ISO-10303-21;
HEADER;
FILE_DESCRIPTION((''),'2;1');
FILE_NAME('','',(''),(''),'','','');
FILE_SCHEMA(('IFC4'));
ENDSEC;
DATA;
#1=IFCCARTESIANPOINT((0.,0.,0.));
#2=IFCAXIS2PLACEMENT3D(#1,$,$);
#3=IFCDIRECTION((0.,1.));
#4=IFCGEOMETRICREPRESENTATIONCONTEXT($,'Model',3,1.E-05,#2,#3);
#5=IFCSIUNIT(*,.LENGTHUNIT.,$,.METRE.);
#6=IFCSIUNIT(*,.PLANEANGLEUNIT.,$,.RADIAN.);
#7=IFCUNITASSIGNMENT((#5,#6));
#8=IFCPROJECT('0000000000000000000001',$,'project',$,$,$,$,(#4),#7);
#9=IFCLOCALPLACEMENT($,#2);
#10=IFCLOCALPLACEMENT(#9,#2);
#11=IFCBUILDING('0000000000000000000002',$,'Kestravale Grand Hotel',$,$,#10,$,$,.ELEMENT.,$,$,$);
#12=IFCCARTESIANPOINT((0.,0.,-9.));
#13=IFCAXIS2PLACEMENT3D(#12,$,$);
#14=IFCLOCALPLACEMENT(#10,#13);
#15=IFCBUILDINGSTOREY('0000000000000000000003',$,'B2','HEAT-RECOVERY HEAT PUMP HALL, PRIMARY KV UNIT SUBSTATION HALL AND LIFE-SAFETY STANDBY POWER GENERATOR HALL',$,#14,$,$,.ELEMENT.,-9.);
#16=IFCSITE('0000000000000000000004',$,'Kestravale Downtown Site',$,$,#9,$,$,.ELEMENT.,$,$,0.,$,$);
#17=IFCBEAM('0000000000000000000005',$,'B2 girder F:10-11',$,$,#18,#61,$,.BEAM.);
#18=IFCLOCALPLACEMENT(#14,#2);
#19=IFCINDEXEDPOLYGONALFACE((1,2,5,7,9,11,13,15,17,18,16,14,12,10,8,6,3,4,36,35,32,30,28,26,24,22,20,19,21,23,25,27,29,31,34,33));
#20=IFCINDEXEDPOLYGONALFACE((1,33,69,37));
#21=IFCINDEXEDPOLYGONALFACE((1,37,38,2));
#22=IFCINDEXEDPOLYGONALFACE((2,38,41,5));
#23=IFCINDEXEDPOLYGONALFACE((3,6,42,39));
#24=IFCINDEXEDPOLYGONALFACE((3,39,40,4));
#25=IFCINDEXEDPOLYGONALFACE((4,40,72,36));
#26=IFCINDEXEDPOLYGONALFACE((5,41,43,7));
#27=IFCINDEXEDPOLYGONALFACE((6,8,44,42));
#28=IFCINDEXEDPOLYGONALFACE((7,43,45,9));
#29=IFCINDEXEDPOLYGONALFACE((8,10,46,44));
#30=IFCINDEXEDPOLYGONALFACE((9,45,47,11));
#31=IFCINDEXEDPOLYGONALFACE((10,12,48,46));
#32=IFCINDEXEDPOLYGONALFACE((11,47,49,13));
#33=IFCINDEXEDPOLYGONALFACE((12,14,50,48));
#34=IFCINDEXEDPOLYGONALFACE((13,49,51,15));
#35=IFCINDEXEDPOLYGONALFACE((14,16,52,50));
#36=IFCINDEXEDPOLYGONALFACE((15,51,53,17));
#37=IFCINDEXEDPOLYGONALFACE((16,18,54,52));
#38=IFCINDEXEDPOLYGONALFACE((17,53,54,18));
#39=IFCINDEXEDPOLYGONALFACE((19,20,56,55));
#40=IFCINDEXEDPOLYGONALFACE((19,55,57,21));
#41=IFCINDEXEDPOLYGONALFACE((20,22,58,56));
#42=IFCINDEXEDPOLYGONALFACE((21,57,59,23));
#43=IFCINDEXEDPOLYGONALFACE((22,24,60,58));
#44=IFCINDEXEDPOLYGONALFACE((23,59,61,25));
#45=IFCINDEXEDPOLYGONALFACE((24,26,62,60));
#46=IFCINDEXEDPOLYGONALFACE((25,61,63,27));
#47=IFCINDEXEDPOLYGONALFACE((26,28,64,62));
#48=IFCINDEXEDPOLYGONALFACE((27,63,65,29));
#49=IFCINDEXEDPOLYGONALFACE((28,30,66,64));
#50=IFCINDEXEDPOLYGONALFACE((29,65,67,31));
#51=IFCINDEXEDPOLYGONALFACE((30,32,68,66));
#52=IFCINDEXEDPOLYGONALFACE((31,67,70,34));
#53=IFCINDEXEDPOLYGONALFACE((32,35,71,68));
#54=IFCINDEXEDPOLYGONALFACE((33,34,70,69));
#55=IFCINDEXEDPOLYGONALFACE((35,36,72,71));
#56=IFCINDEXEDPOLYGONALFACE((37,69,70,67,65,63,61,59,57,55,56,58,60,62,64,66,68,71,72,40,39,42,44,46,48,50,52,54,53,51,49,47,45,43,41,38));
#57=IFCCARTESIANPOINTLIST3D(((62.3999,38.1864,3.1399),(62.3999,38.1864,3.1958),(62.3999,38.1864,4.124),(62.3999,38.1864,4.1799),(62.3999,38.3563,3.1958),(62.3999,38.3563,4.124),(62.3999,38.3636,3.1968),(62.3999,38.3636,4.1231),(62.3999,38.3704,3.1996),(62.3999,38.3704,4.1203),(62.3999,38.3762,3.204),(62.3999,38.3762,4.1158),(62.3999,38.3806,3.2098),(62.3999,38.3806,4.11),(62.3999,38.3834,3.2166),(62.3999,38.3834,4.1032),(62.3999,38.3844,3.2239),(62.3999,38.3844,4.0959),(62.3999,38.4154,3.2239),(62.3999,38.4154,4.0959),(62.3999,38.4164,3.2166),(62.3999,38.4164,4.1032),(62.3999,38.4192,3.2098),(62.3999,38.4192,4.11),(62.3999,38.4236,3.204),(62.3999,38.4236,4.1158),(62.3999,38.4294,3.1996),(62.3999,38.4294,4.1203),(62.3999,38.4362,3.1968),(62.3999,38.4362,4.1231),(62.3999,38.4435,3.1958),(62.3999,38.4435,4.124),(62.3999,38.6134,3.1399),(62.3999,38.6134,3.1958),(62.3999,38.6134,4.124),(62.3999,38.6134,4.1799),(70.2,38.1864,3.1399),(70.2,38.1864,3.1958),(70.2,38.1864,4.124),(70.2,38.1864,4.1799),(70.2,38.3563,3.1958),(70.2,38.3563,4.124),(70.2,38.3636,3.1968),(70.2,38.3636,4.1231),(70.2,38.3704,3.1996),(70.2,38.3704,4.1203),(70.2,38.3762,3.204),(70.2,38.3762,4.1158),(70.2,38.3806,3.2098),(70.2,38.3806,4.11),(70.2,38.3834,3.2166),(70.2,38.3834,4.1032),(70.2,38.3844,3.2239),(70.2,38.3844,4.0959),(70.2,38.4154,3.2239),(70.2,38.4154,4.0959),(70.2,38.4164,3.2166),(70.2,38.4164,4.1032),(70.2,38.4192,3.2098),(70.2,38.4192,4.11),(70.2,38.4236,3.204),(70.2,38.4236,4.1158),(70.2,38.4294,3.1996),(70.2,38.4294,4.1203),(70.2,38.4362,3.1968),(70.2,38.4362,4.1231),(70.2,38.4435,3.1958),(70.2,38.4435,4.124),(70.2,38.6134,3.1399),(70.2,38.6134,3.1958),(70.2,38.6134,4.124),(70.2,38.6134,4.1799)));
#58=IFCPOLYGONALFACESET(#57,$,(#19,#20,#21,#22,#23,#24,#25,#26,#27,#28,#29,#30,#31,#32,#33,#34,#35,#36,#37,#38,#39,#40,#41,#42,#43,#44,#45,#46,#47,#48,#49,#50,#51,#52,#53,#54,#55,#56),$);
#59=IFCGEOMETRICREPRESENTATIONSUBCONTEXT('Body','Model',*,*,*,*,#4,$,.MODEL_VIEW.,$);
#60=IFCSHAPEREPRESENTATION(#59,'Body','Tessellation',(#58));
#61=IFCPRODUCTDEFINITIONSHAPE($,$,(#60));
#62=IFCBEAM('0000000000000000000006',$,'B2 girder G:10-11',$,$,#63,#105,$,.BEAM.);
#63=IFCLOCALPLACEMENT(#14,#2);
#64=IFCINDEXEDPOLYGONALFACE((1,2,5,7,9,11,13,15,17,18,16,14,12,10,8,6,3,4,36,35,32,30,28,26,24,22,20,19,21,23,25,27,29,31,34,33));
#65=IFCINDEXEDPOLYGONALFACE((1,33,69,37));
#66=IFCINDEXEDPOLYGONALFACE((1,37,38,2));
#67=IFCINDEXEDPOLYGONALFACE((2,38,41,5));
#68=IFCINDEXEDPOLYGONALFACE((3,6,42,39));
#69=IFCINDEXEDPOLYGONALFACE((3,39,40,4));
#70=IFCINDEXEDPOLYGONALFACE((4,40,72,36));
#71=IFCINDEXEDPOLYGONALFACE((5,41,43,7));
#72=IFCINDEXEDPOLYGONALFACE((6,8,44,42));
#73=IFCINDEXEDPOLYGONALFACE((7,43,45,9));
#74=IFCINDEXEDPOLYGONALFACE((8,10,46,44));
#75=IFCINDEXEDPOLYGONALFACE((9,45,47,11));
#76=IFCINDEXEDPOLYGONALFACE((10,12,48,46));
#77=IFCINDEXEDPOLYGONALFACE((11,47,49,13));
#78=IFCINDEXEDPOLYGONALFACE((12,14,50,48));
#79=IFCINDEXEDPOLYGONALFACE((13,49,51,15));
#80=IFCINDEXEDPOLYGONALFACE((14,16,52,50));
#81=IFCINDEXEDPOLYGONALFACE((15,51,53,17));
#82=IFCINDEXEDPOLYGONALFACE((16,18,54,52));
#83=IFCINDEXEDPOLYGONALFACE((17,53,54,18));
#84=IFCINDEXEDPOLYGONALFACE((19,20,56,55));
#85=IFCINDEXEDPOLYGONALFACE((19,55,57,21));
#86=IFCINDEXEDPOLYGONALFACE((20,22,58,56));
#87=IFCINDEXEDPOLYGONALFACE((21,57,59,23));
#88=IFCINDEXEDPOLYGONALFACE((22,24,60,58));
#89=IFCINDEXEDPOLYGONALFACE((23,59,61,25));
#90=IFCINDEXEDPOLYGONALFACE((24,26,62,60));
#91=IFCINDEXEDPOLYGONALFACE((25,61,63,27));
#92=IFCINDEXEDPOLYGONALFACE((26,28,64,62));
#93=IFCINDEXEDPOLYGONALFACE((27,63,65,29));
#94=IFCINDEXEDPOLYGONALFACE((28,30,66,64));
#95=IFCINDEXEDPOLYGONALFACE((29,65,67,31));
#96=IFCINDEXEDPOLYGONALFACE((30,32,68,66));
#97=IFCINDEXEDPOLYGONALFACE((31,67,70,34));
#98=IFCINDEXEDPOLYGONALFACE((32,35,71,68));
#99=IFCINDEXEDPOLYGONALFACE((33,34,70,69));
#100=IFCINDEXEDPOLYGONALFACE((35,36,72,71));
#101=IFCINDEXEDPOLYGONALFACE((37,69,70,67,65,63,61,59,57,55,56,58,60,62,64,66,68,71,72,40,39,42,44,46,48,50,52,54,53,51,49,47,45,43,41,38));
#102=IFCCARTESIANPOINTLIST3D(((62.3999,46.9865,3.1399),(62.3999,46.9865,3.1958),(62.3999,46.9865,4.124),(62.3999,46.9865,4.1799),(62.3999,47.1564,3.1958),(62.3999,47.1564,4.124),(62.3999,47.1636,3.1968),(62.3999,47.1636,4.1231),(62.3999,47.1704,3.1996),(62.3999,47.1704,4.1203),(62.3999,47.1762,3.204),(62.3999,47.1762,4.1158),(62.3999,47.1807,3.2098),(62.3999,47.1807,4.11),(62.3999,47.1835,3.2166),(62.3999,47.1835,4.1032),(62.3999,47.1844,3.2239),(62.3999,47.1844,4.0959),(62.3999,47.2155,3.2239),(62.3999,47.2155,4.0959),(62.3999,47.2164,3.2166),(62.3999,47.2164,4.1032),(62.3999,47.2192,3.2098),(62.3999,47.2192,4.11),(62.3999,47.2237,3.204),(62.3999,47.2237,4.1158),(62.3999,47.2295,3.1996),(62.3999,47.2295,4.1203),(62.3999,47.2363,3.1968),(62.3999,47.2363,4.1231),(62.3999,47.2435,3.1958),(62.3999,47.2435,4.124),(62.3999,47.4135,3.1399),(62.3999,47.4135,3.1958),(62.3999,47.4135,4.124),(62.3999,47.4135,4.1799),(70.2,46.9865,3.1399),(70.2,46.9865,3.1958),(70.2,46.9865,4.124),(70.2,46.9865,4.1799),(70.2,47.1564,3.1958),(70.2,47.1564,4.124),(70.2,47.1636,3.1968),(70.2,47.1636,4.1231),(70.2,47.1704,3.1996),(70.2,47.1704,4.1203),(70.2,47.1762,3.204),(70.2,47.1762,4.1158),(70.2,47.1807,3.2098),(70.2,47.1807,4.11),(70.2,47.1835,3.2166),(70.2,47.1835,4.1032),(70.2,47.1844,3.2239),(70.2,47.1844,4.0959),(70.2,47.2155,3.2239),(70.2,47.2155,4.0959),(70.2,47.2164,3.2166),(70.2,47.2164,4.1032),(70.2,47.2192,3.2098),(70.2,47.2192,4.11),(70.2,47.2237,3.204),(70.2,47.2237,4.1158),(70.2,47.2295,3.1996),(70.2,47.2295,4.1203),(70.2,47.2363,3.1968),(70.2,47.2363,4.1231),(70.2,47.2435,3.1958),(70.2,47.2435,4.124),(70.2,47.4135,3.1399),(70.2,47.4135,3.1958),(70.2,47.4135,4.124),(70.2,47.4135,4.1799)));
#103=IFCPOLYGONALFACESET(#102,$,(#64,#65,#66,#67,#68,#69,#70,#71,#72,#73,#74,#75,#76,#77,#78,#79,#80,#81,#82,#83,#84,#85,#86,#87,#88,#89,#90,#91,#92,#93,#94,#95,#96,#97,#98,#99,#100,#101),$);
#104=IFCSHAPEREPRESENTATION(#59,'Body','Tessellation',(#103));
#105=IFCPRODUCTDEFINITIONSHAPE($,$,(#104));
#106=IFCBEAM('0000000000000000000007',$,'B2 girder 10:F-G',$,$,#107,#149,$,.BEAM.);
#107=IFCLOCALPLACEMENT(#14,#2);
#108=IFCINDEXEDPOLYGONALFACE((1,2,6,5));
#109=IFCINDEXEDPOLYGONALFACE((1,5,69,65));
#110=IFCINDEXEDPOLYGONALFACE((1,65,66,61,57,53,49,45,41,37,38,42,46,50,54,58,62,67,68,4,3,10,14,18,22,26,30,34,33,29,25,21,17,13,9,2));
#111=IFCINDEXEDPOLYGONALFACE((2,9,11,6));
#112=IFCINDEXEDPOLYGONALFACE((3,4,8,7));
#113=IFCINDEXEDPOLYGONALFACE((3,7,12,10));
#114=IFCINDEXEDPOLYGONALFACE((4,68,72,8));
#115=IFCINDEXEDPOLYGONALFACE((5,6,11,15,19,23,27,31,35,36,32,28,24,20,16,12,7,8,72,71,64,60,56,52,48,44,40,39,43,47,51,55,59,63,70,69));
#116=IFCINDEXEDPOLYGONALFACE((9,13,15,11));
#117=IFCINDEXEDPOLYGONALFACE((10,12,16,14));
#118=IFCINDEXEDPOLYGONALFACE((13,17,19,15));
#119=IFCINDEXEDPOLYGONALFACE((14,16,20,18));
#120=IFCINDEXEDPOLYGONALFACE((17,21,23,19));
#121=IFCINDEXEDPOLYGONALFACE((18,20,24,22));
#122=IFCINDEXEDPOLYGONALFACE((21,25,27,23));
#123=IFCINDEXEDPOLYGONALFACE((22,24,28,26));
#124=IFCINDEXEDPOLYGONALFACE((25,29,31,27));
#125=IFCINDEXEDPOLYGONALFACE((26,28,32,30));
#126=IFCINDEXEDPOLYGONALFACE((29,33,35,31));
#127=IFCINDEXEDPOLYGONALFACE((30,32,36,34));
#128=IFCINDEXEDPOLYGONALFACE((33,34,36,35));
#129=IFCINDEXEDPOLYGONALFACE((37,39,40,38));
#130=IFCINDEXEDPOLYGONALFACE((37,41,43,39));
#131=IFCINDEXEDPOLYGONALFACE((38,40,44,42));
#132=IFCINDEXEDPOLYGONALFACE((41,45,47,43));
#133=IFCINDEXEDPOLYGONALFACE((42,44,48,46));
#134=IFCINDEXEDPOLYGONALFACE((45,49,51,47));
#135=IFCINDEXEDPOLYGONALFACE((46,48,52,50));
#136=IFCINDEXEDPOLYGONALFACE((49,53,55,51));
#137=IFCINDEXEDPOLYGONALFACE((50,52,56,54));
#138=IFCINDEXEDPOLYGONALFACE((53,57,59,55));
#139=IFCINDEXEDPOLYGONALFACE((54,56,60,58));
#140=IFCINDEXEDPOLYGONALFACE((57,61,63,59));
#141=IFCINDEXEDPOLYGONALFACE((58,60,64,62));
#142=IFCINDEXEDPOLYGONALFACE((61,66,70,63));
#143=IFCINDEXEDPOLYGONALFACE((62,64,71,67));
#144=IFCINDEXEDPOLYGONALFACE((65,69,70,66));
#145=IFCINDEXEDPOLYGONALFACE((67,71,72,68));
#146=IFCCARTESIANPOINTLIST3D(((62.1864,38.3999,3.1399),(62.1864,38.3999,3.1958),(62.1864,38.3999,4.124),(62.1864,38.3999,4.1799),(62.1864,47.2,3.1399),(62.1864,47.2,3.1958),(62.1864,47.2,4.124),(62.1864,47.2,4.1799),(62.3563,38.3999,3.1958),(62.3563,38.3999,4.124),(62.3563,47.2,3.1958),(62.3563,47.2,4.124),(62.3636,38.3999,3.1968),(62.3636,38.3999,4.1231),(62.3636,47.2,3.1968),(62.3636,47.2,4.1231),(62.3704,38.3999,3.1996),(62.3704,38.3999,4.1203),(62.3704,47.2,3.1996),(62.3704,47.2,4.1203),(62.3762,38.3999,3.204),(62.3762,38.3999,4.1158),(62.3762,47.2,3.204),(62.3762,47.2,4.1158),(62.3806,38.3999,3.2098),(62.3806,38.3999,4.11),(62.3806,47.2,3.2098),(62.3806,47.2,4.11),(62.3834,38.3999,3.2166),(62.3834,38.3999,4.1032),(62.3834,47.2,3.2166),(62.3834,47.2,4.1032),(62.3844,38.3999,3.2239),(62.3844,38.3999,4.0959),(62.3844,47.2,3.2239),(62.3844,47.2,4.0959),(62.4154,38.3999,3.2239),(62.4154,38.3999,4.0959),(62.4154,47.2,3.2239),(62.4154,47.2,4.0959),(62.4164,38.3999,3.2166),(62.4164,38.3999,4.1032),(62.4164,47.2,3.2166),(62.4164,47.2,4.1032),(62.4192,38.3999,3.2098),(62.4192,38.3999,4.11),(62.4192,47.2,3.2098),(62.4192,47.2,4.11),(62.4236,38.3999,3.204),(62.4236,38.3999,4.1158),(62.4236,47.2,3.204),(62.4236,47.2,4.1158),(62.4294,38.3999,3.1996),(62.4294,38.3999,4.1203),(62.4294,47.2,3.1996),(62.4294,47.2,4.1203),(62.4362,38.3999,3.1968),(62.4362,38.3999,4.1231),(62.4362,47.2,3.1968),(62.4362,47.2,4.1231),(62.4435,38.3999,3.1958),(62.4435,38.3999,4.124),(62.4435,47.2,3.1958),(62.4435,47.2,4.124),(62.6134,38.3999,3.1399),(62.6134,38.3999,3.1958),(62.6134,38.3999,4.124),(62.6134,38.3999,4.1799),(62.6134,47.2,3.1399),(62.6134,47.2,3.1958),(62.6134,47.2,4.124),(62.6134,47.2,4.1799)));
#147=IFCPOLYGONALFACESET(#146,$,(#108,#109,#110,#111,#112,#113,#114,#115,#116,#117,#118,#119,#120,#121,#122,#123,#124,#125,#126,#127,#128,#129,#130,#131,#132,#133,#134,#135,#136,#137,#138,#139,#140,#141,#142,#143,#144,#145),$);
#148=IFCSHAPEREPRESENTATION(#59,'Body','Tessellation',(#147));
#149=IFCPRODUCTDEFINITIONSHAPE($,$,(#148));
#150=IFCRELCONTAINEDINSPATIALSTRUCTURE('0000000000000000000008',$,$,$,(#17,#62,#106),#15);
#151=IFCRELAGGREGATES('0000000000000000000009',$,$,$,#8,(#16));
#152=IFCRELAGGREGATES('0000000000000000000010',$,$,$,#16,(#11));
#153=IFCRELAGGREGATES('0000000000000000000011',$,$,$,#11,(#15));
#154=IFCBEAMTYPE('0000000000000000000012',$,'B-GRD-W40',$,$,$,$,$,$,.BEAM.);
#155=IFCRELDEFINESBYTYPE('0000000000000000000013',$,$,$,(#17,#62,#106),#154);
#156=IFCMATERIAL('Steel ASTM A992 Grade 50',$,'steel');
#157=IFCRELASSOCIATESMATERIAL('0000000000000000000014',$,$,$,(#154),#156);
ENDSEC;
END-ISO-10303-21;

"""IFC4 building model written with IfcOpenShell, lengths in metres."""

from ifc_helpers import new_model, si_unit, direction, frame, origin, origin_2d, place, context, subcontext, project, spatial, i_section, extrude, material, material_profile, profile_set, type_object, element, save


model = new_model("IFC4")

# Units and contexts
model_context = context("Model", 3, precision=1e-05, world=origin(), true_north=direction((0.0, 1.0)))
body_context = subcontext(model_context, "Body", "Model", "MODEL_VIEW")
ifc_project = project(units=[si_unit("LENGTHUNIT", "METRE"), si_unit("PLANEANGLEUNIT", "RADIAN")], contexts=[model_context])

# Site, building, storey
site_placement = place(None, origin())
site = spatial("IfcSite", under=ifc_project, at=site_placement, Name="Kestravale Downtown Site", CompositionType="ELEMENT", RefElevation=0.0)
building_placement = place(site_placement, origin())
building = spatial("IfcBuilding", under=site, at=building_placement, Name="Kestravale Grand Hotel", CompositionType="ELEMENT")
storey_placement = place(building_placement, frame((0.0, 0.0, -9.0)))
storey = spatial("IfcBuildingStorey", under=building, at=storey_placement, Name="B2", Description="HEAT-RECOVERY HEAT PUMP HALL, PRIMARY KV UNIT SUBSTATION HALL AND LIFE-SAFETY STANDBY POWER GENERATOR HALL", CompositionType="ELEMENT", Elevation=-9.0)

# Beams
ifc_material_1 = material(Name="Steel ASTM A992 Grade 50", Category="steel")
ifc_material_profile_1 = material_profile(ifc_material_1, i_section(OverallWidth=0.427, OverallDepth=1.04, WebThickness=0.031, FlangeThickness=0.0559, FilletRadius=0.0281, at=origin_2d()))
ifc_profile_set_1 = profile_set([ifc_material_profile_1], Name="Steel ASTM A992 Grade 50")
beam_type_1 = type_object("IfcBeamType", Name="B-GRD-W40", PredefinedType="BEAM", material=ifc_profile_set_1)
for number, where, z_axis, x_axis, name in (
    (1, (62.3999, 38.3999, 3.6599), (1.0, 0.0, 0.0), (0.0, 1.0, 0.0), "B2 girder F:10-11"),
    (2, (62.3999, 47.2, 3.6599), (1.0, 0.0, 0.0), (0.0, 1.0, 0.0), "B2 girder G:10-11"),
):
    element("IfcBeam", number, at=place(storey_placement, frame(where, z_axis=z_axis, x_axis=x_axis)), inside=storey, type_object=beam_type_1, Name=name, PredefinedType="BEAM", context=body_context, shape_type="SweptSolid", body=[
        extrude(i_section(OverallWidth=0.427, OverallDepth=1.04, WebThickness=0.031, FlangeThickness=0.0559, FilletRadius=0.0281, at=origin_2d()), origin(), (0.0, 0.0, 1.0), 7.8),
    ])
beam_placement = place(storey_placement, frame((62.3999, 38.3999, 3.6599), z_axis=(0.0, 1.0, 0.0), x_axis=(-1.0, 0.0, 0.0)))
element("IfcBeam", 3, at=beam_placement, inside=storey, type_object=beam_type_1, Name="B2 girder 10:F-G", PredefinedType="BEAM", context=body_context, shape_type="SweptSolid", body=[
    extrude(i_section(OverallWidth=0.427, OverallDepth=1.04, WebThickness=0.031, FlangeThickness=0.0559, FilletRadius=0.0281, at=origin_2d()), origin(), (0.0, 0.0, 1.0), 8.8),
])

save(model, "model.ifc")
